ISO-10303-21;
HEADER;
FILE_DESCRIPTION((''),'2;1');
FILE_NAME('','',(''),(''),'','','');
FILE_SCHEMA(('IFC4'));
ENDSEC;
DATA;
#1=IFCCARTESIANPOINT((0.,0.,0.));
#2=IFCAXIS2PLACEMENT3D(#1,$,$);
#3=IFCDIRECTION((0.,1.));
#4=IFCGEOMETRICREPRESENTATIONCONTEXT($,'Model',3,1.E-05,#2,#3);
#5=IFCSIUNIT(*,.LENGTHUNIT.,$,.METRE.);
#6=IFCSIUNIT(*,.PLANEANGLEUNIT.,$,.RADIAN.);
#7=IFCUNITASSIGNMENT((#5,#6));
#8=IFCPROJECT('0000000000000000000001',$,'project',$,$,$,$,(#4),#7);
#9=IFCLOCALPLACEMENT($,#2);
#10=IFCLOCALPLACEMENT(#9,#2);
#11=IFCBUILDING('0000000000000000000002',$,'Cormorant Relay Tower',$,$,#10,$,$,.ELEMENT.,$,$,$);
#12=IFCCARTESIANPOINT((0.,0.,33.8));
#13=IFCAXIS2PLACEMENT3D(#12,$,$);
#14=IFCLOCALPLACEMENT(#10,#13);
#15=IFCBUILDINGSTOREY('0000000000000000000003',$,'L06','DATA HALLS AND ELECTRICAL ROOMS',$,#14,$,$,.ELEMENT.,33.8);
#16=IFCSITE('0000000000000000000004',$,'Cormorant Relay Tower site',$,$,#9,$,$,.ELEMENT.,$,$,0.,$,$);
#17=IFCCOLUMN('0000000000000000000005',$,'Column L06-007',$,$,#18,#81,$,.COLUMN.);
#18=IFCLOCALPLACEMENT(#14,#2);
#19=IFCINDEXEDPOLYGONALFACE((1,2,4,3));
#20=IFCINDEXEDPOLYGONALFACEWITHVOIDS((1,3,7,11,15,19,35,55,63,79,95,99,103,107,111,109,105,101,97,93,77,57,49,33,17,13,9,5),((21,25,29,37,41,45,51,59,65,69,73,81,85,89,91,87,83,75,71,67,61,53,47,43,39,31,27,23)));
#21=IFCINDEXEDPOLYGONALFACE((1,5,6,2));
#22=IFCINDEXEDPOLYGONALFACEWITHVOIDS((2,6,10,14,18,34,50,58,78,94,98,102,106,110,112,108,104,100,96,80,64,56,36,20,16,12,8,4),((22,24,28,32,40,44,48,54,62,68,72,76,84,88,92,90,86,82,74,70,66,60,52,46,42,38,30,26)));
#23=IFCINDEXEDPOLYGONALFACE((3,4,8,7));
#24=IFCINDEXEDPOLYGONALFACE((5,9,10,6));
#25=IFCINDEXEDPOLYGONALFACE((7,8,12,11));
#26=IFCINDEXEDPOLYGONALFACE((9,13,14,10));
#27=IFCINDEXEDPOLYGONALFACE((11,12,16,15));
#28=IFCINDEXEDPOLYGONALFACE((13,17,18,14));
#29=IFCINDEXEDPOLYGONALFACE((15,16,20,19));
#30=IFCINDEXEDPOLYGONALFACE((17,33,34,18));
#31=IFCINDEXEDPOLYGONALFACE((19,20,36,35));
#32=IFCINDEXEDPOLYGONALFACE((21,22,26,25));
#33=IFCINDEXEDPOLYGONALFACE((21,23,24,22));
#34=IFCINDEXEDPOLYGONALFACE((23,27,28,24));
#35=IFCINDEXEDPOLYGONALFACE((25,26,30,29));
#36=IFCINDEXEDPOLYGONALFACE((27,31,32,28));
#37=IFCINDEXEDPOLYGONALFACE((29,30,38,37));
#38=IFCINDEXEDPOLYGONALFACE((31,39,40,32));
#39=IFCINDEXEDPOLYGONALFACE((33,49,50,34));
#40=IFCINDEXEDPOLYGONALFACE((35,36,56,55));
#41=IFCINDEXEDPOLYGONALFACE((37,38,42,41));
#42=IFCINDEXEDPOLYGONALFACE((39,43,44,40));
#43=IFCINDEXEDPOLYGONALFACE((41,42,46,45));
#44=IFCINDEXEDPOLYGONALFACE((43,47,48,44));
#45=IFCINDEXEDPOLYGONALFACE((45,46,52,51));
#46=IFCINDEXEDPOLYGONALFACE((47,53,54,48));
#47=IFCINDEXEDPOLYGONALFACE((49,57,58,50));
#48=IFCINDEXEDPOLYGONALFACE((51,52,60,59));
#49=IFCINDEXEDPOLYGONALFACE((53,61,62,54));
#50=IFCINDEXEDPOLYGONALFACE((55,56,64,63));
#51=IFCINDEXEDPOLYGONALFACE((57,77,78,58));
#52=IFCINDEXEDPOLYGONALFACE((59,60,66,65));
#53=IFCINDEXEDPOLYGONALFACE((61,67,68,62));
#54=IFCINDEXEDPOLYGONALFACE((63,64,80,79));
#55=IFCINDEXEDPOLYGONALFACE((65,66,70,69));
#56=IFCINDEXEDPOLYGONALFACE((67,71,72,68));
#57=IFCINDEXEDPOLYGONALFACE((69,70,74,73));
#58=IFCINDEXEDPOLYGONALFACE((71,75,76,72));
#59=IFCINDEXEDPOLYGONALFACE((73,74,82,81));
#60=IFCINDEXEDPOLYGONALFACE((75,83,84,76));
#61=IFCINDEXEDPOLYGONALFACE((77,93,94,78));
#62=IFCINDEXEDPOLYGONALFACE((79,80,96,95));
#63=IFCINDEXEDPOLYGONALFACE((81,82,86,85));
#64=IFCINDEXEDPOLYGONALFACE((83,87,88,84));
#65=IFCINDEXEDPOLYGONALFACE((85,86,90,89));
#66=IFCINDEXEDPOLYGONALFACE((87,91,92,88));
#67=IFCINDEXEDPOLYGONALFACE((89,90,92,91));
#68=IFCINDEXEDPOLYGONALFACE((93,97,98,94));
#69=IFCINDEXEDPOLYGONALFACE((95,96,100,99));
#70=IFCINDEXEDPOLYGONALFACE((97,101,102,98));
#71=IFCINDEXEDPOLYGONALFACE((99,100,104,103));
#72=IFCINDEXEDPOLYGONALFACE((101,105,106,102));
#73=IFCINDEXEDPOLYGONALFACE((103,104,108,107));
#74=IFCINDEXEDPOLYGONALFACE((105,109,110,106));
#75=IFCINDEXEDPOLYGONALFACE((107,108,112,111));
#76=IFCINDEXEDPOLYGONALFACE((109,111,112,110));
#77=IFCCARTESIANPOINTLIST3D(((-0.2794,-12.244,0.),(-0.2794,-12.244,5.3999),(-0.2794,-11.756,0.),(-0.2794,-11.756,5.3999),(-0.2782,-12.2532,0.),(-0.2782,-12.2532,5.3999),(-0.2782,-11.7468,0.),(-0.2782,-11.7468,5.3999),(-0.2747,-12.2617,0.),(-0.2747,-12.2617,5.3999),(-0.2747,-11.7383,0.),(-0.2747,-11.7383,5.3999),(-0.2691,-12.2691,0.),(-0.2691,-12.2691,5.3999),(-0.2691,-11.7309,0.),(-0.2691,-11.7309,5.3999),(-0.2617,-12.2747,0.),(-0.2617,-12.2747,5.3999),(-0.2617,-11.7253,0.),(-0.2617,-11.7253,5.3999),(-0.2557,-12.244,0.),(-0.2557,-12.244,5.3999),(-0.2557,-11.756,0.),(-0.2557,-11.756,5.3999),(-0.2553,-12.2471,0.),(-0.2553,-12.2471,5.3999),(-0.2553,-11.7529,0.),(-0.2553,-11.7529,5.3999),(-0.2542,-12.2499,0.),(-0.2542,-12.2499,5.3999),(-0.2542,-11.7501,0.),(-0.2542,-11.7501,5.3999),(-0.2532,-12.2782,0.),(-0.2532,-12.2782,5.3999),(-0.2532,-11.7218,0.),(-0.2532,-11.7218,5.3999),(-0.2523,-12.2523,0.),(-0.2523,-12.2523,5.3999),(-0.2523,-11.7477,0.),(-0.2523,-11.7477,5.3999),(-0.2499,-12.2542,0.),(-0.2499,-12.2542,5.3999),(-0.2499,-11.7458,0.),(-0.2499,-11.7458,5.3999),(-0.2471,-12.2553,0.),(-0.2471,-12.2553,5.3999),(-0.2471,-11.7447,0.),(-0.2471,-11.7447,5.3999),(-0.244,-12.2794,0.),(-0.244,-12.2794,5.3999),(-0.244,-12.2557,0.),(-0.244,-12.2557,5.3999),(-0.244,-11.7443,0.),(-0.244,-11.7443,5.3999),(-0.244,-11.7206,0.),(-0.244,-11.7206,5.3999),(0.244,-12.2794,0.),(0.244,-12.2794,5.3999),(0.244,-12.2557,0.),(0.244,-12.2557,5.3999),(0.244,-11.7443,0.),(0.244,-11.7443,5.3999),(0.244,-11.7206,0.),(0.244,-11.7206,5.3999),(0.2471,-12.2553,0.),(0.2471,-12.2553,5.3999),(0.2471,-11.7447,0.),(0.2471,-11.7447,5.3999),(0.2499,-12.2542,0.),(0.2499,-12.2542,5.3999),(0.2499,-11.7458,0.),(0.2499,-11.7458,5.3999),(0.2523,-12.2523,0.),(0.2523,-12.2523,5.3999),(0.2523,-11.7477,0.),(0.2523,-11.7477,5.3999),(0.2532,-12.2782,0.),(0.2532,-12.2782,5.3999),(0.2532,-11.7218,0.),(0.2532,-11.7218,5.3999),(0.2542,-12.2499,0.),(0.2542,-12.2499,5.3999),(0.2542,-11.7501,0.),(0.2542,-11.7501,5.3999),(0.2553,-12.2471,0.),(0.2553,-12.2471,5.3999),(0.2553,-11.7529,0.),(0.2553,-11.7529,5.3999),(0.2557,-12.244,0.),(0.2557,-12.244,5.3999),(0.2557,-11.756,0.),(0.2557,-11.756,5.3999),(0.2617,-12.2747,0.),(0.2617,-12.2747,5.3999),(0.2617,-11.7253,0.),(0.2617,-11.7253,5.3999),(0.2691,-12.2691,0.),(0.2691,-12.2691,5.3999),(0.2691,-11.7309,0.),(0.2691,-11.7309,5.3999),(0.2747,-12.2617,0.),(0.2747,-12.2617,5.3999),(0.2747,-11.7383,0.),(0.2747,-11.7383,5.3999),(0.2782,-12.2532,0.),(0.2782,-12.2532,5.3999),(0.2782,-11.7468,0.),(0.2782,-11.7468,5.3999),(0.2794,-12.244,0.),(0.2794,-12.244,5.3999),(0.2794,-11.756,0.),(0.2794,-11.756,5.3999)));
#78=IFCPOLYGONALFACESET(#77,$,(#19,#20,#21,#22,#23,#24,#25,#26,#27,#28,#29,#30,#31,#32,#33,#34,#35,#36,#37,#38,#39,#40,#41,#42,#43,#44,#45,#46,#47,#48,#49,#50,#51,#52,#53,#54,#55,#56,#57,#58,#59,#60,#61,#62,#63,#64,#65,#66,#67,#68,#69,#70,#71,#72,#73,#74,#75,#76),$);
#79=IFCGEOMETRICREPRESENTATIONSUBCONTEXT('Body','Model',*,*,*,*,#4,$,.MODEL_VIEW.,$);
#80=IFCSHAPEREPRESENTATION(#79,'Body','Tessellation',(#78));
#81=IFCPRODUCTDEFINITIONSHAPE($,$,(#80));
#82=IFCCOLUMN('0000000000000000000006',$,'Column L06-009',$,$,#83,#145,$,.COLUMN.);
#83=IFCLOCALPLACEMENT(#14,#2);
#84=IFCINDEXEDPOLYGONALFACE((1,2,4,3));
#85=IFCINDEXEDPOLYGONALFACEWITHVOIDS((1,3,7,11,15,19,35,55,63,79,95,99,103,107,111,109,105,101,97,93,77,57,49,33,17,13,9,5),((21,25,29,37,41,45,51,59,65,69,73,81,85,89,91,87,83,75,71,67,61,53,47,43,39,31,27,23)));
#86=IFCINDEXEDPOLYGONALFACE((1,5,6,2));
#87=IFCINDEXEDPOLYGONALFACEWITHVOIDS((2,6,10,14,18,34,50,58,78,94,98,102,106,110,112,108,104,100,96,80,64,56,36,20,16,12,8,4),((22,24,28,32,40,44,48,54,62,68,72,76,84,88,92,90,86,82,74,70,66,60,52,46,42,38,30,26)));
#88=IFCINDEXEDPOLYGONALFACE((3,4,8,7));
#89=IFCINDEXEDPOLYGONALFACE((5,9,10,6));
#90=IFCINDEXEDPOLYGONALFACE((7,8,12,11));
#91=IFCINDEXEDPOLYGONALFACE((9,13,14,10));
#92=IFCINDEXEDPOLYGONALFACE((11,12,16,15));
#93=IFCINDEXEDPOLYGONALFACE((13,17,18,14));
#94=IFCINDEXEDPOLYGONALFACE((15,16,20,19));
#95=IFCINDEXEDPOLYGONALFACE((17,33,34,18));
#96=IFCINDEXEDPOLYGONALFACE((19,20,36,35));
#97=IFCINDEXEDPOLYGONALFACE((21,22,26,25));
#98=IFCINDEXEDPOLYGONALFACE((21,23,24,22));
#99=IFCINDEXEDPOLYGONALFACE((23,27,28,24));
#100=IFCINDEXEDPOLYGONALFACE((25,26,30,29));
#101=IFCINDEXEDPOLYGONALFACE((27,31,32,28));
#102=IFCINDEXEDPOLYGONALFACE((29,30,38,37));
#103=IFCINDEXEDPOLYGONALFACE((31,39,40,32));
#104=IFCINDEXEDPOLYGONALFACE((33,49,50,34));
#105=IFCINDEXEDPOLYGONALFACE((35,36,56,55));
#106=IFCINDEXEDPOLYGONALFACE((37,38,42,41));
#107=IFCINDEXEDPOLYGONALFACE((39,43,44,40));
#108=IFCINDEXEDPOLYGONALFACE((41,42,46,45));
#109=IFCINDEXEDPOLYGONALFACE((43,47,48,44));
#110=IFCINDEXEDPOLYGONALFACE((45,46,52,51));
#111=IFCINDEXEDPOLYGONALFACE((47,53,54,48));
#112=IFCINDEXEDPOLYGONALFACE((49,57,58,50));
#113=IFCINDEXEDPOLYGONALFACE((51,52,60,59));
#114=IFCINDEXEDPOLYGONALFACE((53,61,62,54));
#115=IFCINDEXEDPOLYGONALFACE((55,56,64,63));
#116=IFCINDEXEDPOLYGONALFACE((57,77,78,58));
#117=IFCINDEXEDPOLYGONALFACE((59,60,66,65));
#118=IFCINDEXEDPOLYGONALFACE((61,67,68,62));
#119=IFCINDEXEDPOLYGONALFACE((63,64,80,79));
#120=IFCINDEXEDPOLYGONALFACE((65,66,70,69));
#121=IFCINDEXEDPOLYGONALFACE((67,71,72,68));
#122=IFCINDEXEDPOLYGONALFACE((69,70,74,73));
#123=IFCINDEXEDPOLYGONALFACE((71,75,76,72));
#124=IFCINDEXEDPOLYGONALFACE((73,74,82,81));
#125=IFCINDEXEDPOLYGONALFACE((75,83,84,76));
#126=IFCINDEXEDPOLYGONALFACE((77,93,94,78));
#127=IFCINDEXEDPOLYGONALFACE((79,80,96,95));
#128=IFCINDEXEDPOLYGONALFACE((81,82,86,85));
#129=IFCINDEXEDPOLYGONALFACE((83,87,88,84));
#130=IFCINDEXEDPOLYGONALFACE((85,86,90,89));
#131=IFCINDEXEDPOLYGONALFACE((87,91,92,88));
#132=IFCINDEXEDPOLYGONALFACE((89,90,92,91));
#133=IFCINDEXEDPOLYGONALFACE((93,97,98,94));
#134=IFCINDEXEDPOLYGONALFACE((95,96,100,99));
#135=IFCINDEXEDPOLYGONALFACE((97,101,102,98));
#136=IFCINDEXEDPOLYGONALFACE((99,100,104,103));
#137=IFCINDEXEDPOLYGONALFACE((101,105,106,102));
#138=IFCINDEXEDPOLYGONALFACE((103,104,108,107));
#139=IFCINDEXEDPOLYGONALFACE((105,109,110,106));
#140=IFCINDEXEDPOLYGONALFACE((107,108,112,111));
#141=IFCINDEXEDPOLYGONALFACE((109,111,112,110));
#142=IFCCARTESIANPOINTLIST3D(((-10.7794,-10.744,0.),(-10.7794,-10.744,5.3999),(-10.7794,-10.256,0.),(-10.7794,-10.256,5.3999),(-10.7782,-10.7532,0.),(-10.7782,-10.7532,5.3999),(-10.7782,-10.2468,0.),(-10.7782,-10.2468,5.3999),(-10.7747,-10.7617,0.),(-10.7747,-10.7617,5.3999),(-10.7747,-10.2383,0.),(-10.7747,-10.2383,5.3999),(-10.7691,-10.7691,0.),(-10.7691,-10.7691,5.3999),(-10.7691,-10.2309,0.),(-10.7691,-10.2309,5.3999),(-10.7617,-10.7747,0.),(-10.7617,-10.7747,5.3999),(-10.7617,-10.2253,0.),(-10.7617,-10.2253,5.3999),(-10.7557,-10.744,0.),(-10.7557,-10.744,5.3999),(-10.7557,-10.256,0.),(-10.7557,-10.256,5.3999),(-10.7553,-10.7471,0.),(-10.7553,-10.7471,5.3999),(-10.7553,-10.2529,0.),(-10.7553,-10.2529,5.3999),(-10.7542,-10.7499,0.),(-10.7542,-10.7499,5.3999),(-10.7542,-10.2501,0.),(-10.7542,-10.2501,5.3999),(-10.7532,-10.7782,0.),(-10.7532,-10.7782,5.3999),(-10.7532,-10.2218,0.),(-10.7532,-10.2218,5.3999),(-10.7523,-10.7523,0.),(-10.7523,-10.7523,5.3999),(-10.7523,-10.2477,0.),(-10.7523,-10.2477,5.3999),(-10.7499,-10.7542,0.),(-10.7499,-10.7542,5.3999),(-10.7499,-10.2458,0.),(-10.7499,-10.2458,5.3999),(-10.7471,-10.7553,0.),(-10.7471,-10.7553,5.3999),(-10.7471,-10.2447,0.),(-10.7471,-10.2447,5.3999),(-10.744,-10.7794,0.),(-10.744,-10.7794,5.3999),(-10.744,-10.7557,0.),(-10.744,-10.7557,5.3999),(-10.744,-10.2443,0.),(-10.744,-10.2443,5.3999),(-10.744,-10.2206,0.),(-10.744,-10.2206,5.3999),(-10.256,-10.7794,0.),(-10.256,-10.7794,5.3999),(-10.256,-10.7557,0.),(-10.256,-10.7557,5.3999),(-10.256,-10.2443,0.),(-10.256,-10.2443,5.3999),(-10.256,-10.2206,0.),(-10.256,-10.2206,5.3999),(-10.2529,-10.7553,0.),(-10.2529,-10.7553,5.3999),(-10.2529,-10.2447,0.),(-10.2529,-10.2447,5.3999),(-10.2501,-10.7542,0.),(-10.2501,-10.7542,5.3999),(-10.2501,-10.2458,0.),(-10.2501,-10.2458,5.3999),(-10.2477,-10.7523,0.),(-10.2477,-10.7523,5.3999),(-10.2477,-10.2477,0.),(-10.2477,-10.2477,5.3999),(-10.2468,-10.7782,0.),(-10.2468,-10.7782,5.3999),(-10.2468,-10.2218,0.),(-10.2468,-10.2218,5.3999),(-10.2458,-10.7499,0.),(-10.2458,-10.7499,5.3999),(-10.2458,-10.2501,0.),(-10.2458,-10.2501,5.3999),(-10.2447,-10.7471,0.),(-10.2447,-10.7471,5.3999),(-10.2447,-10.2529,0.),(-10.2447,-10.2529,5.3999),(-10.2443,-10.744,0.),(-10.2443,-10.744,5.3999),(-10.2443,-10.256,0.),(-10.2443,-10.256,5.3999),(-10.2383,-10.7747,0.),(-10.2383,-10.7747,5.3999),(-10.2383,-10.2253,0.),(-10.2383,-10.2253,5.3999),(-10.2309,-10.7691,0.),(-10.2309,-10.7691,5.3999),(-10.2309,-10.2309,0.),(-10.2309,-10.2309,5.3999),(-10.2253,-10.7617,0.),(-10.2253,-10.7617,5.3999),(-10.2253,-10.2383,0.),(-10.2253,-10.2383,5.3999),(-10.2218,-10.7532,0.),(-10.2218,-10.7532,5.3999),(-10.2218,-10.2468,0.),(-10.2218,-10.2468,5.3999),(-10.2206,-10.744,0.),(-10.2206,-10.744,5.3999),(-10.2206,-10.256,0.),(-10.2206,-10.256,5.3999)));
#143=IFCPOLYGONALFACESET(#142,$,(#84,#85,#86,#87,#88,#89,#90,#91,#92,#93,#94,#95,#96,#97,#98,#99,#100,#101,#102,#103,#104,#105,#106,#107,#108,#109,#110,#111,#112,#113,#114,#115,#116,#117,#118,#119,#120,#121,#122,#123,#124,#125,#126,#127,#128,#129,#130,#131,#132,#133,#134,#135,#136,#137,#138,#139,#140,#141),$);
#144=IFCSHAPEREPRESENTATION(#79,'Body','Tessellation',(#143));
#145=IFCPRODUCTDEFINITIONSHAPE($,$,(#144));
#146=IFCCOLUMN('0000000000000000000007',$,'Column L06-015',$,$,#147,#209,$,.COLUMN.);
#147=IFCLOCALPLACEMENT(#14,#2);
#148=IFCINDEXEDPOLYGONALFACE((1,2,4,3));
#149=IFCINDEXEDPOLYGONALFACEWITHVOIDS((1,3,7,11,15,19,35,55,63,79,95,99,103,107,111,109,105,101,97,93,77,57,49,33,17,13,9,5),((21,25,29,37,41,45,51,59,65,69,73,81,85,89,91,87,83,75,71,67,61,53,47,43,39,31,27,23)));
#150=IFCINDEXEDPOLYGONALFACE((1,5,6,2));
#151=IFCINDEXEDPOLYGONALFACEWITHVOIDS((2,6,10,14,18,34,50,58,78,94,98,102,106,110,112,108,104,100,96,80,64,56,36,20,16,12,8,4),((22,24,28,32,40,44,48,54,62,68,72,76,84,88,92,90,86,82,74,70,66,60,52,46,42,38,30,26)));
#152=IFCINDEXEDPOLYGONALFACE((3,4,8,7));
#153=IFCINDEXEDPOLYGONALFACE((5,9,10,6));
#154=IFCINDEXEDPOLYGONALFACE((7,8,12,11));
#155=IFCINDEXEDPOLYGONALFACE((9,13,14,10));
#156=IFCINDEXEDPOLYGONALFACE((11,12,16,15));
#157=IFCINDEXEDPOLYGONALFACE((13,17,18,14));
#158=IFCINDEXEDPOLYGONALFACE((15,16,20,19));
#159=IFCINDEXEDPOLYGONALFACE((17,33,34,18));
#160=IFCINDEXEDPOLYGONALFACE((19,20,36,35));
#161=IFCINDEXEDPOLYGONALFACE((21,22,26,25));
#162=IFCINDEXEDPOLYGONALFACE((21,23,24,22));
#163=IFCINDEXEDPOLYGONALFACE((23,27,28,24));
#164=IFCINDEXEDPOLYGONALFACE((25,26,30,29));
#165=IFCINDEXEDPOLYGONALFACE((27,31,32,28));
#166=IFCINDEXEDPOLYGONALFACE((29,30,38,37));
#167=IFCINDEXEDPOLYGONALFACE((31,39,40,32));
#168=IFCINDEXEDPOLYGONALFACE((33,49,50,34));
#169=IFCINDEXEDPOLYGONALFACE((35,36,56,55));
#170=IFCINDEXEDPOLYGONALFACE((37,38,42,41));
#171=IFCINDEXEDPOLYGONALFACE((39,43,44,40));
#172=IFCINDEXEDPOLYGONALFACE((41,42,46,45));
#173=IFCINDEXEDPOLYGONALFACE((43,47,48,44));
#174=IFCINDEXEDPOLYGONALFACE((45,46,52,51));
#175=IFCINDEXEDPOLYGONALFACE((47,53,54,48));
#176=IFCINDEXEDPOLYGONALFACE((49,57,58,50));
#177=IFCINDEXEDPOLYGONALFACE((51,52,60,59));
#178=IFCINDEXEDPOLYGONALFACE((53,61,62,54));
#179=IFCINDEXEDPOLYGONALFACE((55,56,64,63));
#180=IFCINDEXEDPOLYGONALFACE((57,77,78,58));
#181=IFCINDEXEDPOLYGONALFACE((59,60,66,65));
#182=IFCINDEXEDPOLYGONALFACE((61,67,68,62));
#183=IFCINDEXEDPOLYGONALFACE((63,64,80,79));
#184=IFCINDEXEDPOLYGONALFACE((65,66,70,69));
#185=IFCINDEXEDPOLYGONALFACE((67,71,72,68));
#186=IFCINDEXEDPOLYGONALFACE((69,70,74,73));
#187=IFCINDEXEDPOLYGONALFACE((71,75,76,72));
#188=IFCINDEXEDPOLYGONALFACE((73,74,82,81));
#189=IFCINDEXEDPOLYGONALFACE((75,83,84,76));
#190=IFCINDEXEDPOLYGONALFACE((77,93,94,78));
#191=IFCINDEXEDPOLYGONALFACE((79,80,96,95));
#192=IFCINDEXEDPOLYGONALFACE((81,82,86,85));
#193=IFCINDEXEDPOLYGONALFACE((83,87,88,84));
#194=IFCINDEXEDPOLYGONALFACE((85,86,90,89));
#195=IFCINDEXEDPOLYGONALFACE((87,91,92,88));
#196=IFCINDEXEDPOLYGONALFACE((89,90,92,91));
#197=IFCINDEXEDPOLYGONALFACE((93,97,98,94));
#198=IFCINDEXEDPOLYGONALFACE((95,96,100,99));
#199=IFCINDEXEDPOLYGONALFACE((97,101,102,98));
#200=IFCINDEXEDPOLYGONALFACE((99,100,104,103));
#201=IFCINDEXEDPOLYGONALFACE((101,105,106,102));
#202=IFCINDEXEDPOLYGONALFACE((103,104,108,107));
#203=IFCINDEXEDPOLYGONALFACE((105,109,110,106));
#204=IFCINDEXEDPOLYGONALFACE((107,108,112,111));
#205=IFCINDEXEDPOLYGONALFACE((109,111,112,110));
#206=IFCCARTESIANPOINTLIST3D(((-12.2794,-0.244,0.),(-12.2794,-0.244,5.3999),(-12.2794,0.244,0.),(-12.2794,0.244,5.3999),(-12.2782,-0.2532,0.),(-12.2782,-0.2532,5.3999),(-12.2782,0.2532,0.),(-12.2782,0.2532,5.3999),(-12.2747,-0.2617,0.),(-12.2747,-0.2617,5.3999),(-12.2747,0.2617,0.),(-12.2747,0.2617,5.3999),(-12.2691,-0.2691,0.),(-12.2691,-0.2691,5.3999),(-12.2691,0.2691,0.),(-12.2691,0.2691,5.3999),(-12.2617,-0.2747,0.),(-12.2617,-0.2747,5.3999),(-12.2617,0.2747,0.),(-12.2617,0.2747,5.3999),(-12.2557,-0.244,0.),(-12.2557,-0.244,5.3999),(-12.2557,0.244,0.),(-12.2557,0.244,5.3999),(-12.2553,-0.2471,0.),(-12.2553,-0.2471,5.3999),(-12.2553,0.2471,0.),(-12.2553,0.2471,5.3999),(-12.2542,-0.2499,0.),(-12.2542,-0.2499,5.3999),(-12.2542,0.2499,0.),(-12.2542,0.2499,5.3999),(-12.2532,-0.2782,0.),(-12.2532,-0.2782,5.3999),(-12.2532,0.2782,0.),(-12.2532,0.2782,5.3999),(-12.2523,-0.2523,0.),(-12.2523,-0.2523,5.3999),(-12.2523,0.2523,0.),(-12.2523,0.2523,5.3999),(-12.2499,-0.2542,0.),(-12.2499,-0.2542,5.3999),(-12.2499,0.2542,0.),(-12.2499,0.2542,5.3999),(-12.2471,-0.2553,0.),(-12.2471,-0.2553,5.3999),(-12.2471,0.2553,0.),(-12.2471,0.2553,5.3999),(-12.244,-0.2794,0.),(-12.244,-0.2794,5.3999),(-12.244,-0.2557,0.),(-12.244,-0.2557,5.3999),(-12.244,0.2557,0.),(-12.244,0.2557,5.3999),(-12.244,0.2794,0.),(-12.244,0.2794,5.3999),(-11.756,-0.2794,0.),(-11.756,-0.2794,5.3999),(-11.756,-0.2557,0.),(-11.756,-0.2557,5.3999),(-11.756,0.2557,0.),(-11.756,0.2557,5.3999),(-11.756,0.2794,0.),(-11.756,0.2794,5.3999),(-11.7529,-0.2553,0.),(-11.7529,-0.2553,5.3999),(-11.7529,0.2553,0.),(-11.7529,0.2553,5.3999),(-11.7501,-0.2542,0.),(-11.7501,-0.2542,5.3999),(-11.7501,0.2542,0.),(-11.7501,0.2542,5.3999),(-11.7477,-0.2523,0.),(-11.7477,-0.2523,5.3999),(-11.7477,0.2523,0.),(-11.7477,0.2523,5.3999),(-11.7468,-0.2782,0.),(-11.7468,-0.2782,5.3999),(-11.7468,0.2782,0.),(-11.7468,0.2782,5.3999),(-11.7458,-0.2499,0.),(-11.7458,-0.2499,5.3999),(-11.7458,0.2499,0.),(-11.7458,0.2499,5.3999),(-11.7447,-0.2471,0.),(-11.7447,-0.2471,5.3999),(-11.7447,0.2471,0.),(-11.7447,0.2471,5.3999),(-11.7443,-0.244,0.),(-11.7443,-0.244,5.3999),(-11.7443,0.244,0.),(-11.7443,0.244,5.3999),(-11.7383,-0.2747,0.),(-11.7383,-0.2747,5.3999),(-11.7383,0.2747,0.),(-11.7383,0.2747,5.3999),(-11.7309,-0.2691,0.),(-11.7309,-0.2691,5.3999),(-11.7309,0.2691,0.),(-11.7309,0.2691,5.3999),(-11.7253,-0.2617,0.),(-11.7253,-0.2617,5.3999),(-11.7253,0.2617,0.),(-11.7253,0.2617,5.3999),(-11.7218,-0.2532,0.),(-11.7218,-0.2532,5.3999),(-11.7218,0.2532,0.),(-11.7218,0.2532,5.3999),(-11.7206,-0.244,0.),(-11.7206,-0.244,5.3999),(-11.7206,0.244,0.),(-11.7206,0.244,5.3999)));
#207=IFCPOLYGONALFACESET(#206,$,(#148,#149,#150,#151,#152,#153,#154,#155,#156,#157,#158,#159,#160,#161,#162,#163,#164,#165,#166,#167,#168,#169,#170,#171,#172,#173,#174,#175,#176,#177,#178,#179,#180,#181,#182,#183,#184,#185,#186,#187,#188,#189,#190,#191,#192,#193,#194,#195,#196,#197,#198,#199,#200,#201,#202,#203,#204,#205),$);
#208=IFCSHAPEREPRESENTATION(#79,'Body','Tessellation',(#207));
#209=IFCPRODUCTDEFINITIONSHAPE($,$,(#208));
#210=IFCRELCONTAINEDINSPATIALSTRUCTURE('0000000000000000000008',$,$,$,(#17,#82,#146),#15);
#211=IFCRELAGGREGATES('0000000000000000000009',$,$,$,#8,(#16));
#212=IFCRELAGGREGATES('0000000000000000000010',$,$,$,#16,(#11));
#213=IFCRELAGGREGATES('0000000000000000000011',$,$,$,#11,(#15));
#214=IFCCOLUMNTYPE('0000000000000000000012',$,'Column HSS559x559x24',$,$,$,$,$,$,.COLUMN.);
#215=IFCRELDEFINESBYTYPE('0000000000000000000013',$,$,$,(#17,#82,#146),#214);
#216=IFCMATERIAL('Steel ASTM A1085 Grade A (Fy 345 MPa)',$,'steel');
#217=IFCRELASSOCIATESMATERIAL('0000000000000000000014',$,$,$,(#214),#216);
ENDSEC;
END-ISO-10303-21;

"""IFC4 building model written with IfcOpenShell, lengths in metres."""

from ifc_helpers import new_model, si_unit, direction, frame, origin, origin_2d, place, context, subcontext, project, spatial, hollow_rectangle, extrude, material, material_profile, profile_set, type_object, element, save


model = new_model("IFC4")

# Units and contexts
model_context = context("Model", 3, precision=1e-05, world=origin(), true_north=direction((0.0, 1.0)))
body_context = subcontext(model_context, "Body", "Model", "MODEL_VIEW")
ifc_project = project(units=[si_unit("LENGTHUNIT", "METRE"), si_unit("PLANEANGLEUNIT", "RADIAN")], contexts=[model_context])

# Site, building, storey
site_placement = place(None, origin())
site = spatial("IfcSite", under=ifc_project, at=site_placement, Name="Cormorant Relay Tower site", CompositionType="ELEMENT", RefElevation=0.0)
building_placement = place(site_placement, origin())
building = spatial("IfcBuilding", under=site, at=building_placement, Name="Cormorant Relay Tower", CompositionType="ELEMENT")
storey_placement = place(building_placement, frame((0.0, 0.0, 33.8)))
storey = spatial("IfcBuildingStorey", under=building, at=storey_placement, Name="L06", Description="DATA HALLS AND ELECTRICAL ROOMS", CompositionType="ELEMENT", Elevation=33.8)

# Columns
ifc_material_1 = material(Name="Steel ASTM A1085 Grade A (Fy 345 MPa)", Category="steel")
ifc_material_profile_1 = material_profile(ifc_material_1, hollow_rectangle(XDim=0.5588, YDim=0.5588, WallThickness=0.0237, InnerFilletRadius=0.0117, OuterFilletRadius=0.0354, at=origin_2d()), Name="HSS559x559x24")
ifc_profile_set_1 = profile_set([ifc_material_profile_1], Name="Steel ASTM A1085 Grade A (Fy 345 MPa)")
column_type = type_object("IfcColumnType", Name="Column HSS559x559x24", PredefinedType="COLUMN", material=ifc_profile_set_1)
for number, where, z_axis, x_axis, name in (
    (1, (0.0, -12.0, 0.0), (0.0, 0.0, 1.0), (1.0, 0.0, 0.0), "Column L06-007"),
    (2, (-10.5, -10.5, 0.0), (0.0, 0.0, 1.0), (1.0, 0.0, 0.0), "Column L06-009"),
    (3, (-12.0, 0.0, 0.0), (0.0, 0.0, 1.0), (1.0, 0.0, 0.0), "Column L06-015"),
):
    element("IfcColumn", number, at=place(storey_placement, frame(where, z_axis=z_axis, x_axis=x_axis)), inside=storey, type_object=column_type, Name=name, PredefinedType="COLUMN", context=body_context, shape_type="SweptSolid", body=[
        extrude(hollow_rectangle(XDim=0.5588, YDim=0.5588, WallThickness=0.0237, InnerFilletRadius=0.0117, OuterFilletRadius=0.0354, at=origin_2d()), origin(), (0.0, 0.0, 1.0), 5.3999),
    ])

save(model, "model.ifc")
